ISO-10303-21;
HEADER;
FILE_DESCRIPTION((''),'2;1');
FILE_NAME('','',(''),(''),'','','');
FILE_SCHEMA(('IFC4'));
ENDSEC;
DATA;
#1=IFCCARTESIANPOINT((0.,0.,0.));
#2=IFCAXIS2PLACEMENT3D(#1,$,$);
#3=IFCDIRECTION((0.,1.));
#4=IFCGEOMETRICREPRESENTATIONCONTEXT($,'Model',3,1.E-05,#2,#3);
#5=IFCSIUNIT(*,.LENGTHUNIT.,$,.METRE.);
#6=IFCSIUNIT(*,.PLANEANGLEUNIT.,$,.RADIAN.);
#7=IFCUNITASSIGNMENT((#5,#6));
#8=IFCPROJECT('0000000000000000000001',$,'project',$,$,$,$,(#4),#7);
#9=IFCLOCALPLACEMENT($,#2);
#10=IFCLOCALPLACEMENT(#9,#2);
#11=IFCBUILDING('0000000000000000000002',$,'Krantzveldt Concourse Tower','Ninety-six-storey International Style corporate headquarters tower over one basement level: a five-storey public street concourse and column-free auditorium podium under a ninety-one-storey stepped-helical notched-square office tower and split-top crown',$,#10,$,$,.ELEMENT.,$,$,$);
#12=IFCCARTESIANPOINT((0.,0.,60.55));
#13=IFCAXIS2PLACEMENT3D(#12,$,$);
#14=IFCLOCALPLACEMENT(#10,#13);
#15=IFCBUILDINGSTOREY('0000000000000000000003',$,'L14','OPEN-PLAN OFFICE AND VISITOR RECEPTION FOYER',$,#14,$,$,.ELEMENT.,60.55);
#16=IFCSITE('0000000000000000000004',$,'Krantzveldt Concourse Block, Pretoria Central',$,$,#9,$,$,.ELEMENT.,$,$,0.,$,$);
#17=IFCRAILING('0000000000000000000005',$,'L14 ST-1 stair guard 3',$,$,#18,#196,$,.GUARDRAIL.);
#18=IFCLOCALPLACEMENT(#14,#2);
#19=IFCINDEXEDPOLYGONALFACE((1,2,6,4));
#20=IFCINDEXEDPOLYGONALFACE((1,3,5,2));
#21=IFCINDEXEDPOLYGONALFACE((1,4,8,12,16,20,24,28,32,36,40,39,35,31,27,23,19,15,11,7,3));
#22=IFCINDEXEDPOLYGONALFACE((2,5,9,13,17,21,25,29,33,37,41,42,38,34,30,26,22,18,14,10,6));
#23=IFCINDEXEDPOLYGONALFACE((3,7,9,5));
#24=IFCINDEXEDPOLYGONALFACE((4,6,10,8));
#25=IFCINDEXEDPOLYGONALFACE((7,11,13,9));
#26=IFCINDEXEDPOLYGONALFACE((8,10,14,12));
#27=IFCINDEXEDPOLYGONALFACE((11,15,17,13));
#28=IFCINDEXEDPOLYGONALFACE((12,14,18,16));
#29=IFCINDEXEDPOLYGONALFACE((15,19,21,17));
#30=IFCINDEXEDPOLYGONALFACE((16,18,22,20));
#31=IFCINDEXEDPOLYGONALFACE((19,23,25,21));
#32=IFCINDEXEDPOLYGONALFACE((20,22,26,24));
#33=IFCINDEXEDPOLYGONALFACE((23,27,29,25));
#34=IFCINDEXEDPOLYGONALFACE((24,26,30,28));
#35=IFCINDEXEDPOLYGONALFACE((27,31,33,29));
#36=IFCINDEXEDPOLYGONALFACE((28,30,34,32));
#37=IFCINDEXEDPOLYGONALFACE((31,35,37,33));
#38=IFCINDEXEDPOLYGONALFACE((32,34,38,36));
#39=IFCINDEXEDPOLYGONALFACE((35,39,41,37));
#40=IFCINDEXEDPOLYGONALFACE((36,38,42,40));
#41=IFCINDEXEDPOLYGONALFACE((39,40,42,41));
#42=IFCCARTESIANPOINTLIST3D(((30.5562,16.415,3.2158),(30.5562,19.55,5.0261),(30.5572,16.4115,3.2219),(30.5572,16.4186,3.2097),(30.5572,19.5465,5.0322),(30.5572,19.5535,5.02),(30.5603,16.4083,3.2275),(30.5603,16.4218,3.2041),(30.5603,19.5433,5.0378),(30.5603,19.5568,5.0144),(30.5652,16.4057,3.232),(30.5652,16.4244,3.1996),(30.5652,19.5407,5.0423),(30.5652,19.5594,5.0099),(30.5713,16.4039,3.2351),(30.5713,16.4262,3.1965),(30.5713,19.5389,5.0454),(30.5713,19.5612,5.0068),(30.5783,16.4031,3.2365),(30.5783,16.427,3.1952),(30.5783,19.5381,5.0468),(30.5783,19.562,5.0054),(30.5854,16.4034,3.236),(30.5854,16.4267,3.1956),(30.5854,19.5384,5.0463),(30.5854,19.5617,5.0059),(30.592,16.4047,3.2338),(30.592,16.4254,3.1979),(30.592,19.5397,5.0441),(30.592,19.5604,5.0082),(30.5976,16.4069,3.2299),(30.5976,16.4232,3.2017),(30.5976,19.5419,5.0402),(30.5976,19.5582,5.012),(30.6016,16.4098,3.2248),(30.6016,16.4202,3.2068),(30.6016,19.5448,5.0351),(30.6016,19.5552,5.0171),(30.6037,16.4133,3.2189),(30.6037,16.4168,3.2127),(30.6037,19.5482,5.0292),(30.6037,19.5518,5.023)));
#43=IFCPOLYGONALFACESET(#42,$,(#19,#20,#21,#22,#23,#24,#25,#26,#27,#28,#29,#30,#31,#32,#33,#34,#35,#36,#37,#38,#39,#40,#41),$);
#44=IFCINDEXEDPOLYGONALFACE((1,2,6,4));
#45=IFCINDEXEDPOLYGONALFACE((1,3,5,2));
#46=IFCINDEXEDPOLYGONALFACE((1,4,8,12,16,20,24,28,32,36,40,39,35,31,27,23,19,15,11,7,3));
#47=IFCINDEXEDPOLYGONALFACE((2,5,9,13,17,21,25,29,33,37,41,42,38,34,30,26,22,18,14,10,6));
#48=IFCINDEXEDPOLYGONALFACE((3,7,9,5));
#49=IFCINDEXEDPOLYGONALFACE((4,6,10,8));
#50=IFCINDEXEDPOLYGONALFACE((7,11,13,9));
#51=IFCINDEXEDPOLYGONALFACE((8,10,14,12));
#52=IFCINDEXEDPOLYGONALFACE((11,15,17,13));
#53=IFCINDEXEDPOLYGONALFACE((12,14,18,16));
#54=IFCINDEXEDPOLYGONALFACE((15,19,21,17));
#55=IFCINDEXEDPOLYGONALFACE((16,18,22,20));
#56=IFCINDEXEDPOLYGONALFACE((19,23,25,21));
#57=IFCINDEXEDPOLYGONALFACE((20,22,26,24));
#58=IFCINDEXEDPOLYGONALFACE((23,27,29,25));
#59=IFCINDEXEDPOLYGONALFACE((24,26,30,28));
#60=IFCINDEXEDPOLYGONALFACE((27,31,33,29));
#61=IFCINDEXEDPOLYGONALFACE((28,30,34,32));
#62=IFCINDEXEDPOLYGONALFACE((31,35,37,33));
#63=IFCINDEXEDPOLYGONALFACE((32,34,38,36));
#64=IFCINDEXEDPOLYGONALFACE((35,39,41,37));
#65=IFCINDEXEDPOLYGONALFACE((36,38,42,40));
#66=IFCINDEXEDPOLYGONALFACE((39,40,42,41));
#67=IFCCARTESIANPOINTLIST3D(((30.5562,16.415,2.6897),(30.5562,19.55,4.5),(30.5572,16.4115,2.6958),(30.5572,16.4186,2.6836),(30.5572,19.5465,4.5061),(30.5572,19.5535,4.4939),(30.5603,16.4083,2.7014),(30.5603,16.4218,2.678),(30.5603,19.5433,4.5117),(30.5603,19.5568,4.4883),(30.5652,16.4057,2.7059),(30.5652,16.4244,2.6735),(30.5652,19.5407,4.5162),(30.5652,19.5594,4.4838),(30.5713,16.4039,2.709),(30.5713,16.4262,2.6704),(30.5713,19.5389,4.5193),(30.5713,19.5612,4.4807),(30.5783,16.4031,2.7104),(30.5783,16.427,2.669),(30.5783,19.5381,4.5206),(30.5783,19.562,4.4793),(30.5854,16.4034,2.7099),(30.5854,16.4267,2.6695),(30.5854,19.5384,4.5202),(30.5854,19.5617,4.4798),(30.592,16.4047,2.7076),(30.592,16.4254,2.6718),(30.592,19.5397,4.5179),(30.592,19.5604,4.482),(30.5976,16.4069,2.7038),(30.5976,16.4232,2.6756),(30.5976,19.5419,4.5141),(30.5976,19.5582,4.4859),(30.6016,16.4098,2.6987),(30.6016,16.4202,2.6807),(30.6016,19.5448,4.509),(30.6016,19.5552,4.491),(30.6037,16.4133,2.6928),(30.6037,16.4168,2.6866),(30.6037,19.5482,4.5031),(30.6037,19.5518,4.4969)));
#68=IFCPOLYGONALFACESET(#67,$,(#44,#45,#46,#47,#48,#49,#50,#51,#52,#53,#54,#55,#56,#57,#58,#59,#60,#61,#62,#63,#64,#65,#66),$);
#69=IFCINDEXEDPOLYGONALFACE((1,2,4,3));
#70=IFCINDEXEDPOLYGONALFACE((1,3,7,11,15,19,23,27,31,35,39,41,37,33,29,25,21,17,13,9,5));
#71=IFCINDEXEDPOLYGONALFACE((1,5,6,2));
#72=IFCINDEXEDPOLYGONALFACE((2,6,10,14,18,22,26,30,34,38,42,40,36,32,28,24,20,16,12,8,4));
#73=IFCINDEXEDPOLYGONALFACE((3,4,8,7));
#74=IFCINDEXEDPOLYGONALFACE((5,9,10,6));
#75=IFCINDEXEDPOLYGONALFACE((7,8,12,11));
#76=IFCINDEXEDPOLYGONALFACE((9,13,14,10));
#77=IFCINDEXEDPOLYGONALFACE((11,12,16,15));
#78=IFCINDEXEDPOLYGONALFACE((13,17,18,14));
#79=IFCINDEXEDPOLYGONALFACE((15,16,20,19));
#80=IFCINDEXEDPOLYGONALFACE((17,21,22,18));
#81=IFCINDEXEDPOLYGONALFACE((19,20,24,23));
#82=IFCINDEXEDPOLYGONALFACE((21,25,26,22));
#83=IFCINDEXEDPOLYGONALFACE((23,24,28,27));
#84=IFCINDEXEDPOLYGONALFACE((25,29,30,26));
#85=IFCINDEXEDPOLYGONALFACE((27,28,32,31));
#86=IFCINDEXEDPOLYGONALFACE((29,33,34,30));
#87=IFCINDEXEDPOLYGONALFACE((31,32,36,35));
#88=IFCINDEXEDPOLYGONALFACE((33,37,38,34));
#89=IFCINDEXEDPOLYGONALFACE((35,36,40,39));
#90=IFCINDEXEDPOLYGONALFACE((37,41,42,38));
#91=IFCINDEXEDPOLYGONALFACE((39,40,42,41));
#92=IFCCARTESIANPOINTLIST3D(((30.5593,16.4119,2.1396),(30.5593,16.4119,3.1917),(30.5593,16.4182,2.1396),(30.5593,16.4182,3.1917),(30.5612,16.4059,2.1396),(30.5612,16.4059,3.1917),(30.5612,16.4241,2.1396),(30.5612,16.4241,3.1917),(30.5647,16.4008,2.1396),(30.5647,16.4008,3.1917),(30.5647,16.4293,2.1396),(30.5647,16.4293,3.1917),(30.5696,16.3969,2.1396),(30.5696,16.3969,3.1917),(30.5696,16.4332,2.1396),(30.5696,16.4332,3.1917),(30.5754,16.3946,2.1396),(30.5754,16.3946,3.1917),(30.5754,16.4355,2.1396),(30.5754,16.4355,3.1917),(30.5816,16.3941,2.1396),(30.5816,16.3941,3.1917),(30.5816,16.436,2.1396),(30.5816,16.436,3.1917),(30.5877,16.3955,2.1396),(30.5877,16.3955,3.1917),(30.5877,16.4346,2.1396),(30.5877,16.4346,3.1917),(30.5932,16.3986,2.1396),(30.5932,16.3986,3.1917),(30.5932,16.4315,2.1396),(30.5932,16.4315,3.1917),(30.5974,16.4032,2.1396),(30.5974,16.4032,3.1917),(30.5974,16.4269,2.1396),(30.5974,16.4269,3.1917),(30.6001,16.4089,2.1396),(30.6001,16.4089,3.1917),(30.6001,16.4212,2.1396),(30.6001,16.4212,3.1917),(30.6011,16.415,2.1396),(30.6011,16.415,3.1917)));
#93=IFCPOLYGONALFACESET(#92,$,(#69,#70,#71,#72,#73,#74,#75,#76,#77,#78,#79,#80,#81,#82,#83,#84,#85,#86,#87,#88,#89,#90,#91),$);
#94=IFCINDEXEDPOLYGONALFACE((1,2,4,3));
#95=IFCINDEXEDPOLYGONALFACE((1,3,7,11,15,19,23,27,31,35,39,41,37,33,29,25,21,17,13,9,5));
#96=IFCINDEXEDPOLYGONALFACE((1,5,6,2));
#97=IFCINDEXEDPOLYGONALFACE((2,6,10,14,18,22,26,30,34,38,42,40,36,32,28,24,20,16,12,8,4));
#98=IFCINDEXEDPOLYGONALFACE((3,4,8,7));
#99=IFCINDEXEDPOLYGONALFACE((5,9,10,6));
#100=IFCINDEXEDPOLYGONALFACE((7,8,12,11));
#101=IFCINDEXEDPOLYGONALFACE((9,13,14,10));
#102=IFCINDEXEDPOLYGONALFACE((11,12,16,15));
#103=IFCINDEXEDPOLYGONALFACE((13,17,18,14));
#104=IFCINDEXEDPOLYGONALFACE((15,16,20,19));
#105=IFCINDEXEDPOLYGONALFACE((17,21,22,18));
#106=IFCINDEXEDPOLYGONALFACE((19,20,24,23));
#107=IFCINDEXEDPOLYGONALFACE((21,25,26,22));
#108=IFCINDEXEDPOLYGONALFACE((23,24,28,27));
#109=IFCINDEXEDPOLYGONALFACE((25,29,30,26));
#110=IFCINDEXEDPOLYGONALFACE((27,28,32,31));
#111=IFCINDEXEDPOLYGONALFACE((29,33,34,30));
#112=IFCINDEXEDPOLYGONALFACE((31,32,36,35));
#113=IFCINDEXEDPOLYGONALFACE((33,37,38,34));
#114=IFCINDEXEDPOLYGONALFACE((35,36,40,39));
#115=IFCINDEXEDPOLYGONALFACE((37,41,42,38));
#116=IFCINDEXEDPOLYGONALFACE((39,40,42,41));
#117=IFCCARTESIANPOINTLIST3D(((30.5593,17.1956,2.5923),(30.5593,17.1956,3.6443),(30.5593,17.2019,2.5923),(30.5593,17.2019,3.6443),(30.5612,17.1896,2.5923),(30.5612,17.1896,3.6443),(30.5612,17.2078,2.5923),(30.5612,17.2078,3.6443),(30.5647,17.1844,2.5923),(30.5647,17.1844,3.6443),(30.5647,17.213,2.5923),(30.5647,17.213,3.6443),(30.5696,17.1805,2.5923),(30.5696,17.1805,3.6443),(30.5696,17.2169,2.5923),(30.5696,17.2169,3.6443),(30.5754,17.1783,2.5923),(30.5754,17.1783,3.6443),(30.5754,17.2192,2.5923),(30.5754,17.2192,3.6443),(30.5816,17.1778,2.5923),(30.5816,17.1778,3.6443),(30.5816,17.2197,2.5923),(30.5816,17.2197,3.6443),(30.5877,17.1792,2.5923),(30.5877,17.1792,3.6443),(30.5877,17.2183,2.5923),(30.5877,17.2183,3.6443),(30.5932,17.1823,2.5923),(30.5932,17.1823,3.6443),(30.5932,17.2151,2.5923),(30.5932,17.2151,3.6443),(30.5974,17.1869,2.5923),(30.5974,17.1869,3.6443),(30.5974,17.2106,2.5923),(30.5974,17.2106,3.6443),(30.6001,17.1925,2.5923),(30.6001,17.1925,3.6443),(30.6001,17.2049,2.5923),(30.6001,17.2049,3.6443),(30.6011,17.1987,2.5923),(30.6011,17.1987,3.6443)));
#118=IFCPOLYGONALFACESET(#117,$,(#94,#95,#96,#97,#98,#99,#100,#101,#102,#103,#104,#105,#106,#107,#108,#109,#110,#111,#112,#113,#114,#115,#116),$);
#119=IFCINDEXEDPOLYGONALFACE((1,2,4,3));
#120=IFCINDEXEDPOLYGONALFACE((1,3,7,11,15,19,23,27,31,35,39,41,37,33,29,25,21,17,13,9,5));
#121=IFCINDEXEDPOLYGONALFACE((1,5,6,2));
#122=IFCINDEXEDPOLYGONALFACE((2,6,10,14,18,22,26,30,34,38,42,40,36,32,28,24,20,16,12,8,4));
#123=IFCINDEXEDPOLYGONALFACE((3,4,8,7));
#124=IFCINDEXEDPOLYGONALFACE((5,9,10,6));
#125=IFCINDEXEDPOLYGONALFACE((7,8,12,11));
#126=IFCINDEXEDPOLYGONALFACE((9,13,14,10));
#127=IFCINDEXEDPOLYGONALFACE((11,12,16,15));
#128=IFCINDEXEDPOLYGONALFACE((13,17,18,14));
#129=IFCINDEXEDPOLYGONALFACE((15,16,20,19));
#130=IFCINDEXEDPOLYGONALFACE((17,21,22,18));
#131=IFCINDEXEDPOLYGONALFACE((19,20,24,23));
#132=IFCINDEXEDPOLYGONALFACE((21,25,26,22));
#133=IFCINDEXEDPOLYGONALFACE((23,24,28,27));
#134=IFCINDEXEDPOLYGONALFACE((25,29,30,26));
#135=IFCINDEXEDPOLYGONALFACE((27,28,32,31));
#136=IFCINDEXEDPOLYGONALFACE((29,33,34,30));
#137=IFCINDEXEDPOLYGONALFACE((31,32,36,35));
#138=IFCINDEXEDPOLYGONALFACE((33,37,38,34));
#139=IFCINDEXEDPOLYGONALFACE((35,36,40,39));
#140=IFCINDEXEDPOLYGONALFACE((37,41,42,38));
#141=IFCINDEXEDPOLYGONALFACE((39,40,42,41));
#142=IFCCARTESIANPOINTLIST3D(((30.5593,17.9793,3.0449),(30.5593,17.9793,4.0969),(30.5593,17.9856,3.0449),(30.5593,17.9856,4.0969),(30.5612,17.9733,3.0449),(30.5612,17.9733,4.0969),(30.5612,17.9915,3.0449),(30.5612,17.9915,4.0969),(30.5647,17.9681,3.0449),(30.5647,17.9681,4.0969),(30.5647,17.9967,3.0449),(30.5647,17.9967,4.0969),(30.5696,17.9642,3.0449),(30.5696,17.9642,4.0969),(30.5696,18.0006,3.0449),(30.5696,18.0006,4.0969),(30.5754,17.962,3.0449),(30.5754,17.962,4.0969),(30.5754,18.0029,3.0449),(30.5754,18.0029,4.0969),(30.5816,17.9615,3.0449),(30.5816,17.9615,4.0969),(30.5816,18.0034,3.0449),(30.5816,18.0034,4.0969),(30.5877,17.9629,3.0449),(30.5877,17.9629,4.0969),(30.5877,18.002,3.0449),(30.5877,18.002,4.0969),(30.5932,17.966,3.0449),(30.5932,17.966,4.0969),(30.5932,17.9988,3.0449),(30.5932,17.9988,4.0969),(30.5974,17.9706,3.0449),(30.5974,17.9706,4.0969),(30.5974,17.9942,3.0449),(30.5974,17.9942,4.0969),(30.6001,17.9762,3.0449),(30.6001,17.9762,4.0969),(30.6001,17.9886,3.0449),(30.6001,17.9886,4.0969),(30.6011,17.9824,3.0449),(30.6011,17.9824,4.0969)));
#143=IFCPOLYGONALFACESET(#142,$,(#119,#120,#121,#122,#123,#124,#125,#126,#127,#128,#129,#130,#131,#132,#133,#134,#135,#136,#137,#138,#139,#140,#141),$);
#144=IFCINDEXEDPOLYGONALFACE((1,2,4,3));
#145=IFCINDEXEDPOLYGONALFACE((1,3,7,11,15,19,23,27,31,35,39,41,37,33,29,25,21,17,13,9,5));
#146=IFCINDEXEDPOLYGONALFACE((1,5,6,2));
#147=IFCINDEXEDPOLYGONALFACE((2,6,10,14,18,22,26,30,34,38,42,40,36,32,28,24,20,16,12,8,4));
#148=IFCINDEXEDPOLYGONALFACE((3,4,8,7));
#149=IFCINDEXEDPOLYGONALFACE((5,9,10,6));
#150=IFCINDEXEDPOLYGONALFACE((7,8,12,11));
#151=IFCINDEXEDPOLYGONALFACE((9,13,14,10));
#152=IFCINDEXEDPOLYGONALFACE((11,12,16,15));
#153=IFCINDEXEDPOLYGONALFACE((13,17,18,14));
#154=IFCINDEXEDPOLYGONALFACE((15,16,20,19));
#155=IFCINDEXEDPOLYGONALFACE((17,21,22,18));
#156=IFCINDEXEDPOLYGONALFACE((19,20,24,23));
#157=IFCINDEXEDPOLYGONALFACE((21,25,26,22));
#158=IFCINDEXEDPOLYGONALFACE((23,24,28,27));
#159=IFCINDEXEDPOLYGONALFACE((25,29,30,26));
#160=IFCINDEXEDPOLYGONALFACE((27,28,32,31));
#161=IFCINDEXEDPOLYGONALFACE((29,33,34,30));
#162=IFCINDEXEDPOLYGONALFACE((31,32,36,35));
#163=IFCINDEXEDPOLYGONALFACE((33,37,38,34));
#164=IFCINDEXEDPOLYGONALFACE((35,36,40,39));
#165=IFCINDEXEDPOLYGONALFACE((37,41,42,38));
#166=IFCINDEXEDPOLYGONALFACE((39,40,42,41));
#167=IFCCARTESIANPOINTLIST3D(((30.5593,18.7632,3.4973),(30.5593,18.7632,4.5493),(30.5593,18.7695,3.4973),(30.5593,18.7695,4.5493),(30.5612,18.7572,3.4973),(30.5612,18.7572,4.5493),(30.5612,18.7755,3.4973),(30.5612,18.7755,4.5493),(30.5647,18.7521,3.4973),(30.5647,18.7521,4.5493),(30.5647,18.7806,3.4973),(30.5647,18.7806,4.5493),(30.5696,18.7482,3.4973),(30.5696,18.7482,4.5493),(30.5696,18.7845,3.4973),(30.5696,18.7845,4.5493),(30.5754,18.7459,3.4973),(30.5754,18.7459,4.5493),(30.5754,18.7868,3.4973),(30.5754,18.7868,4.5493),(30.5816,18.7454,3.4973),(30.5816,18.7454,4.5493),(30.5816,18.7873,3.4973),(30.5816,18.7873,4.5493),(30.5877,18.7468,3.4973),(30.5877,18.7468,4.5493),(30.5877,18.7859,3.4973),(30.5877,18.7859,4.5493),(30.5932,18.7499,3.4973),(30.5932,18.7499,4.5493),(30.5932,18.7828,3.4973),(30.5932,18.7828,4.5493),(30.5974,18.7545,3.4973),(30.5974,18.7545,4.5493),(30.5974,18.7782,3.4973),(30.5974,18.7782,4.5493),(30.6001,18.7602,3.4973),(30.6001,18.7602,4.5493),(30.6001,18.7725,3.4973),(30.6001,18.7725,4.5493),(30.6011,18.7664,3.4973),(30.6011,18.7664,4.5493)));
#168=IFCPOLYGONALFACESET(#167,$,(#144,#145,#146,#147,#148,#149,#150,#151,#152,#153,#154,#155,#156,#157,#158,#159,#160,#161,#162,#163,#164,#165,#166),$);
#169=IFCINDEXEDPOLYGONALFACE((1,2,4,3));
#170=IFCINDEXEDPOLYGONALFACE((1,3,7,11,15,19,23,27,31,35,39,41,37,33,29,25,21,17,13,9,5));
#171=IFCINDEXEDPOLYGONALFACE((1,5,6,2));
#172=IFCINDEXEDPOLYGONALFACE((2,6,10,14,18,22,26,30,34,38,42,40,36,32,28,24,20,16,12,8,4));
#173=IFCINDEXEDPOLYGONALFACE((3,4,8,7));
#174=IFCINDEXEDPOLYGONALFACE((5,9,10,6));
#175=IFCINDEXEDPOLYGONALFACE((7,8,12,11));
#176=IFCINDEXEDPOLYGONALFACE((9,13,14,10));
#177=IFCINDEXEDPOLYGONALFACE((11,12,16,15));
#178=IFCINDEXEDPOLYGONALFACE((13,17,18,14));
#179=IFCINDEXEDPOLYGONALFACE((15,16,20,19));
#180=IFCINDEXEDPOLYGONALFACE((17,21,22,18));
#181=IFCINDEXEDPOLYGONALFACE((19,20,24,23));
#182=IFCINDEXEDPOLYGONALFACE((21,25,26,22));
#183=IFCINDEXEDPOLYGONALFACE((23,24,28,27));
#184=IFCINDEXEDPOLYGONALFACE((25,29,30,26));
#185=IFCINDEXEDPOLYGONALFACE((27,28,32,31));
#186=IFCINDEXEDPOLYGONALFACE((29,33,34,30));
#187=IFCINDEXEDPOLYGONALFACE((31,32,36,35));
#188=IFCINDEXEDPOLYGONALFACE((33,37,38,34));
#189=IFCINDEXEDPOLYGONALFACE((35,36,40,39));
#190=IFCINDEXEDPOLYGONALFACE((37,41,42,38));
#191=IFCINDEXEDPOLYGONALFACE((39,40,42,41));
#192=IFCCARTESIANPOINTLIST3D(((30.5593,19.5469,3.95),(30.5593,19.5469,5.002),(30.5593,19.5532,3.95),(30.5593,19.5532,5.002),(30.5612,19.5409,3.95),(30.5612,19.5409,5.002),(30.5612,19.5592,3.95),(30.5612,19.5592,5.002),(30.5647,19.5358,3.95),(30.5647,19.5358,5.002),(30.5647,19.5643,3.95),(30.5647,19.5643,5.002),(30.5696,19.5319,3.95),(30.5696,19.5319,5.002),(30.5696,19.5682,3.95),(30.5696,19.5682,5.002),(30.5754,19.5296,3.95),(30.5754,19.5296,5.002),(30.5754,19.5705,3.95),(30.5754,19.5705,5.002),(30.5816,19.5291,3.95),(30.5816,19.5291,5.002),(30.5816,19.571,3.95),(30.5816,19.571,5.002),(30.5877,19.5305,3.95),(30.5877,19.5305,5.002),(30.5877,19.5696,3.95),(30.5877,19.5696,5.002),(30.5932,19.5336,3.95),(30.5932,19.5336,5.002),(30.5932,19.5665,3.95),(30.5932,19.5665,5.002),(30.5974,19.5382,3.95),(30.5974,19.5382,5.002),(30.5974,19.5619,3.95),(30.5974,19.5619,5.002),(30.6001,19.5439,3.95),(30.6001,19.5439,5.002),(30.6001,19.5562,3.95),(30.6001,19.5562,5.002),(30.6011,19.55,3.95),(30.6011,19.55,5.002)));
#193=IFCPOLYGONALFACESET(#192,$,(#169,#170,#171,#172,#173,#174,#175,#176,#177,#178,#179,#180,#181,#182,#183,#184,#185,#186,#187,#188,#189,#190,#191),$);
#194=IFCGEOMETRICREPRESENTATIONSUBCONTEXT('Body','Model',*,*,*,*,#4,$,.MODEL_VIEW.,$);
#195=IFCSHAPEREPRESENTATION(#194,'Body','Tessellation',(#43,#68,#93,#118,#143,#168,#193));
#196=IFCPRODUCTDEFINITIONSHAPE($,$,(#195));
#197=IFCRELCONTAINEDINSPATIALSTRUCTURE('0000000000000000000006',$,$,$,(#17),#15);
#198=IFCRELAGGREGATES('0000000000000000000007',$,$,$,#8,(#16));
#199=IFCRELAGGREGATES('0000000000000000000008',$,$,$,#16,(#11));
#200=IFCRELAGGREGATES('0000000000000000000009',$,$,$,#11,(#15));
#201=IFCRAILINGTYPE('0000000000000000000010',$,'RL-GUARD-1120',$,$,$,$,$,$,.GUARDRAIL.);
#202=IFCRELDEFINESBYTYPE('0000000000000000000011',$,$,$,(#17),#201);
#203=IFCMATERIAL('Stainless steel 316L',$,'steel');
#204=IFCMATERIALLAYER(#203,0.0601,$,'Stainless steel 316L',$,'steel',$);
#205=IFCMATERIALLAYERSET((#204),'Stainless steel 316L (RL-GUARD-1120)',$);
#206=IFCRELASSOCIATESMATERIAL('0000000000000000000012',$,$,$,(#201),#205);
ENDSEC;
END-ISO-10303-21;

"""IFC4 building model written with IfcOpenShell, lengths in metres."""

from ifc_helpers import new_model, si_unit, direction, frame, origin, origin_2d, place, context, subcontext, project, spatial, circle, extrude, material, layer, layer_set, type_object, element, save


model = new_model("IFC4")

# Units and contexts
model_context = context("Model", 3, precision=1e-05, world=origin(), true_north=direction((0.0, 1.0)))
body_context = subcontext(model_context, "Body", "Model", "MODEL_VIEW")
ifc_project = project(units=[si_unit("LENGTHUNIT", "METRE"), si_unit("PLANEANGLEUNIT", "RADIAN")], contexts=[model_context])

# Site, building, storey
site_placement = place(None, origin())
site = spatial("IfcSite", under=ifc_project, at=site_placement, Name="Krantzveldt Concourse Block, Pretoria Central", CompositionType="ELEMENT", RefElevation=0.0)
building_placement = place(site_placement, origin())
building = spatial("IfcBuilding", under=site, at=building_placement, Name="Krantzveldt Concourse Tower", Description="Ninety-six-storey International Style corporate headquarters tower over one basement level: a five-storey public street concourse and column-free auditorium podium under a ninety-one-storey stepped-helical notched-square office tower and split-top crown", CompositionType="ELEMENT")
storey_placement = place(building_placement, frame((0.0, 0.0, 60.55)))
storey = spatial("IfcBuildingStorey", under=building, at=storey_placement, Name="L14", Description="OPEN-PLAN OFFICE AND VISITOR RECEPTION FOYER", CompositionType="ELEMENT", Elevation=60.55)

# Shared definitions
ifc_material_1 = material(Name="Stainless steel 316L", Category="steel")

# Railing
ifc_layer_1 = layer(ifc_material_1, 0.0601, Name="Stainless steel 316L", Category="steel")
ifc_layer_set_1 = layer_set([ifc_layer_1], Name="Stainless steel 316L (RL-GUARD-1120)")
railing_type_1 = type_object("IfcRailingType", Name="RL-GUARD-1120", PredefinedType="GUARDRAIL", material=ifc_layer_set_1)
railing_1_placement = place(storey_placement, frame((30.5801, 16.415, 2.1396)))
element("IfcRailing", 1, at=railing_1_placement, inside=storey, type_object=railing_type_1, Name="L14 ST-1 stair guard 3", PredefinedType="GUARDRAIL", context=body_context, shape_type="SweptSolid", body=[
    extrude(circle(Radius=0.0239, at=origin_2d()), frame((0.0, 0.0, 1.0762), z_axis=(0.0, 0.865989, 0.500063), x_axis=(-1.0, 0.0, 0.0)), (0.0, 0.0, 1.0), 3.6201),
    extrude(circle(Radius=0.0239, at=origin_2d()), frame((0.0, 0.0, 0.55), z_axis=(0.0, 0.865989, 0.500063), x_axis=(-1.0, 0.0, 0.0)), (0.0, 0.0, 1.0), 3.6201),
    extrude(circle(Radius=0.021, at=origin_2d()), origin(), (0.0, 0.0, 1.0), 1.052),
    extrude(circle(Radius=0.021, at=origin_2d()), frame((0.0, 0.7837, 0.4526)), (0.0, 0.0, 1.0), 1.052),
    extrude(circle(Radius=0.021, at=origin_2d()), frame((0.0, 1.5674, 0.9053)), (0.0, 0.0, 1.0), 1.052),
    extrude(circle(Radius=0.021, at=origin_2d()), frame((0.0, 2.3513, 1.3577)), (0.0, 0.0, 1.0), 1.052),
    extrude(circle(Radius=0.021, at=origin_2d()), frame((0.0, 3.135, 1.8103)), (0.0, 0.0, 1.0), 1.052),
])

save(model, "model.ifc")
